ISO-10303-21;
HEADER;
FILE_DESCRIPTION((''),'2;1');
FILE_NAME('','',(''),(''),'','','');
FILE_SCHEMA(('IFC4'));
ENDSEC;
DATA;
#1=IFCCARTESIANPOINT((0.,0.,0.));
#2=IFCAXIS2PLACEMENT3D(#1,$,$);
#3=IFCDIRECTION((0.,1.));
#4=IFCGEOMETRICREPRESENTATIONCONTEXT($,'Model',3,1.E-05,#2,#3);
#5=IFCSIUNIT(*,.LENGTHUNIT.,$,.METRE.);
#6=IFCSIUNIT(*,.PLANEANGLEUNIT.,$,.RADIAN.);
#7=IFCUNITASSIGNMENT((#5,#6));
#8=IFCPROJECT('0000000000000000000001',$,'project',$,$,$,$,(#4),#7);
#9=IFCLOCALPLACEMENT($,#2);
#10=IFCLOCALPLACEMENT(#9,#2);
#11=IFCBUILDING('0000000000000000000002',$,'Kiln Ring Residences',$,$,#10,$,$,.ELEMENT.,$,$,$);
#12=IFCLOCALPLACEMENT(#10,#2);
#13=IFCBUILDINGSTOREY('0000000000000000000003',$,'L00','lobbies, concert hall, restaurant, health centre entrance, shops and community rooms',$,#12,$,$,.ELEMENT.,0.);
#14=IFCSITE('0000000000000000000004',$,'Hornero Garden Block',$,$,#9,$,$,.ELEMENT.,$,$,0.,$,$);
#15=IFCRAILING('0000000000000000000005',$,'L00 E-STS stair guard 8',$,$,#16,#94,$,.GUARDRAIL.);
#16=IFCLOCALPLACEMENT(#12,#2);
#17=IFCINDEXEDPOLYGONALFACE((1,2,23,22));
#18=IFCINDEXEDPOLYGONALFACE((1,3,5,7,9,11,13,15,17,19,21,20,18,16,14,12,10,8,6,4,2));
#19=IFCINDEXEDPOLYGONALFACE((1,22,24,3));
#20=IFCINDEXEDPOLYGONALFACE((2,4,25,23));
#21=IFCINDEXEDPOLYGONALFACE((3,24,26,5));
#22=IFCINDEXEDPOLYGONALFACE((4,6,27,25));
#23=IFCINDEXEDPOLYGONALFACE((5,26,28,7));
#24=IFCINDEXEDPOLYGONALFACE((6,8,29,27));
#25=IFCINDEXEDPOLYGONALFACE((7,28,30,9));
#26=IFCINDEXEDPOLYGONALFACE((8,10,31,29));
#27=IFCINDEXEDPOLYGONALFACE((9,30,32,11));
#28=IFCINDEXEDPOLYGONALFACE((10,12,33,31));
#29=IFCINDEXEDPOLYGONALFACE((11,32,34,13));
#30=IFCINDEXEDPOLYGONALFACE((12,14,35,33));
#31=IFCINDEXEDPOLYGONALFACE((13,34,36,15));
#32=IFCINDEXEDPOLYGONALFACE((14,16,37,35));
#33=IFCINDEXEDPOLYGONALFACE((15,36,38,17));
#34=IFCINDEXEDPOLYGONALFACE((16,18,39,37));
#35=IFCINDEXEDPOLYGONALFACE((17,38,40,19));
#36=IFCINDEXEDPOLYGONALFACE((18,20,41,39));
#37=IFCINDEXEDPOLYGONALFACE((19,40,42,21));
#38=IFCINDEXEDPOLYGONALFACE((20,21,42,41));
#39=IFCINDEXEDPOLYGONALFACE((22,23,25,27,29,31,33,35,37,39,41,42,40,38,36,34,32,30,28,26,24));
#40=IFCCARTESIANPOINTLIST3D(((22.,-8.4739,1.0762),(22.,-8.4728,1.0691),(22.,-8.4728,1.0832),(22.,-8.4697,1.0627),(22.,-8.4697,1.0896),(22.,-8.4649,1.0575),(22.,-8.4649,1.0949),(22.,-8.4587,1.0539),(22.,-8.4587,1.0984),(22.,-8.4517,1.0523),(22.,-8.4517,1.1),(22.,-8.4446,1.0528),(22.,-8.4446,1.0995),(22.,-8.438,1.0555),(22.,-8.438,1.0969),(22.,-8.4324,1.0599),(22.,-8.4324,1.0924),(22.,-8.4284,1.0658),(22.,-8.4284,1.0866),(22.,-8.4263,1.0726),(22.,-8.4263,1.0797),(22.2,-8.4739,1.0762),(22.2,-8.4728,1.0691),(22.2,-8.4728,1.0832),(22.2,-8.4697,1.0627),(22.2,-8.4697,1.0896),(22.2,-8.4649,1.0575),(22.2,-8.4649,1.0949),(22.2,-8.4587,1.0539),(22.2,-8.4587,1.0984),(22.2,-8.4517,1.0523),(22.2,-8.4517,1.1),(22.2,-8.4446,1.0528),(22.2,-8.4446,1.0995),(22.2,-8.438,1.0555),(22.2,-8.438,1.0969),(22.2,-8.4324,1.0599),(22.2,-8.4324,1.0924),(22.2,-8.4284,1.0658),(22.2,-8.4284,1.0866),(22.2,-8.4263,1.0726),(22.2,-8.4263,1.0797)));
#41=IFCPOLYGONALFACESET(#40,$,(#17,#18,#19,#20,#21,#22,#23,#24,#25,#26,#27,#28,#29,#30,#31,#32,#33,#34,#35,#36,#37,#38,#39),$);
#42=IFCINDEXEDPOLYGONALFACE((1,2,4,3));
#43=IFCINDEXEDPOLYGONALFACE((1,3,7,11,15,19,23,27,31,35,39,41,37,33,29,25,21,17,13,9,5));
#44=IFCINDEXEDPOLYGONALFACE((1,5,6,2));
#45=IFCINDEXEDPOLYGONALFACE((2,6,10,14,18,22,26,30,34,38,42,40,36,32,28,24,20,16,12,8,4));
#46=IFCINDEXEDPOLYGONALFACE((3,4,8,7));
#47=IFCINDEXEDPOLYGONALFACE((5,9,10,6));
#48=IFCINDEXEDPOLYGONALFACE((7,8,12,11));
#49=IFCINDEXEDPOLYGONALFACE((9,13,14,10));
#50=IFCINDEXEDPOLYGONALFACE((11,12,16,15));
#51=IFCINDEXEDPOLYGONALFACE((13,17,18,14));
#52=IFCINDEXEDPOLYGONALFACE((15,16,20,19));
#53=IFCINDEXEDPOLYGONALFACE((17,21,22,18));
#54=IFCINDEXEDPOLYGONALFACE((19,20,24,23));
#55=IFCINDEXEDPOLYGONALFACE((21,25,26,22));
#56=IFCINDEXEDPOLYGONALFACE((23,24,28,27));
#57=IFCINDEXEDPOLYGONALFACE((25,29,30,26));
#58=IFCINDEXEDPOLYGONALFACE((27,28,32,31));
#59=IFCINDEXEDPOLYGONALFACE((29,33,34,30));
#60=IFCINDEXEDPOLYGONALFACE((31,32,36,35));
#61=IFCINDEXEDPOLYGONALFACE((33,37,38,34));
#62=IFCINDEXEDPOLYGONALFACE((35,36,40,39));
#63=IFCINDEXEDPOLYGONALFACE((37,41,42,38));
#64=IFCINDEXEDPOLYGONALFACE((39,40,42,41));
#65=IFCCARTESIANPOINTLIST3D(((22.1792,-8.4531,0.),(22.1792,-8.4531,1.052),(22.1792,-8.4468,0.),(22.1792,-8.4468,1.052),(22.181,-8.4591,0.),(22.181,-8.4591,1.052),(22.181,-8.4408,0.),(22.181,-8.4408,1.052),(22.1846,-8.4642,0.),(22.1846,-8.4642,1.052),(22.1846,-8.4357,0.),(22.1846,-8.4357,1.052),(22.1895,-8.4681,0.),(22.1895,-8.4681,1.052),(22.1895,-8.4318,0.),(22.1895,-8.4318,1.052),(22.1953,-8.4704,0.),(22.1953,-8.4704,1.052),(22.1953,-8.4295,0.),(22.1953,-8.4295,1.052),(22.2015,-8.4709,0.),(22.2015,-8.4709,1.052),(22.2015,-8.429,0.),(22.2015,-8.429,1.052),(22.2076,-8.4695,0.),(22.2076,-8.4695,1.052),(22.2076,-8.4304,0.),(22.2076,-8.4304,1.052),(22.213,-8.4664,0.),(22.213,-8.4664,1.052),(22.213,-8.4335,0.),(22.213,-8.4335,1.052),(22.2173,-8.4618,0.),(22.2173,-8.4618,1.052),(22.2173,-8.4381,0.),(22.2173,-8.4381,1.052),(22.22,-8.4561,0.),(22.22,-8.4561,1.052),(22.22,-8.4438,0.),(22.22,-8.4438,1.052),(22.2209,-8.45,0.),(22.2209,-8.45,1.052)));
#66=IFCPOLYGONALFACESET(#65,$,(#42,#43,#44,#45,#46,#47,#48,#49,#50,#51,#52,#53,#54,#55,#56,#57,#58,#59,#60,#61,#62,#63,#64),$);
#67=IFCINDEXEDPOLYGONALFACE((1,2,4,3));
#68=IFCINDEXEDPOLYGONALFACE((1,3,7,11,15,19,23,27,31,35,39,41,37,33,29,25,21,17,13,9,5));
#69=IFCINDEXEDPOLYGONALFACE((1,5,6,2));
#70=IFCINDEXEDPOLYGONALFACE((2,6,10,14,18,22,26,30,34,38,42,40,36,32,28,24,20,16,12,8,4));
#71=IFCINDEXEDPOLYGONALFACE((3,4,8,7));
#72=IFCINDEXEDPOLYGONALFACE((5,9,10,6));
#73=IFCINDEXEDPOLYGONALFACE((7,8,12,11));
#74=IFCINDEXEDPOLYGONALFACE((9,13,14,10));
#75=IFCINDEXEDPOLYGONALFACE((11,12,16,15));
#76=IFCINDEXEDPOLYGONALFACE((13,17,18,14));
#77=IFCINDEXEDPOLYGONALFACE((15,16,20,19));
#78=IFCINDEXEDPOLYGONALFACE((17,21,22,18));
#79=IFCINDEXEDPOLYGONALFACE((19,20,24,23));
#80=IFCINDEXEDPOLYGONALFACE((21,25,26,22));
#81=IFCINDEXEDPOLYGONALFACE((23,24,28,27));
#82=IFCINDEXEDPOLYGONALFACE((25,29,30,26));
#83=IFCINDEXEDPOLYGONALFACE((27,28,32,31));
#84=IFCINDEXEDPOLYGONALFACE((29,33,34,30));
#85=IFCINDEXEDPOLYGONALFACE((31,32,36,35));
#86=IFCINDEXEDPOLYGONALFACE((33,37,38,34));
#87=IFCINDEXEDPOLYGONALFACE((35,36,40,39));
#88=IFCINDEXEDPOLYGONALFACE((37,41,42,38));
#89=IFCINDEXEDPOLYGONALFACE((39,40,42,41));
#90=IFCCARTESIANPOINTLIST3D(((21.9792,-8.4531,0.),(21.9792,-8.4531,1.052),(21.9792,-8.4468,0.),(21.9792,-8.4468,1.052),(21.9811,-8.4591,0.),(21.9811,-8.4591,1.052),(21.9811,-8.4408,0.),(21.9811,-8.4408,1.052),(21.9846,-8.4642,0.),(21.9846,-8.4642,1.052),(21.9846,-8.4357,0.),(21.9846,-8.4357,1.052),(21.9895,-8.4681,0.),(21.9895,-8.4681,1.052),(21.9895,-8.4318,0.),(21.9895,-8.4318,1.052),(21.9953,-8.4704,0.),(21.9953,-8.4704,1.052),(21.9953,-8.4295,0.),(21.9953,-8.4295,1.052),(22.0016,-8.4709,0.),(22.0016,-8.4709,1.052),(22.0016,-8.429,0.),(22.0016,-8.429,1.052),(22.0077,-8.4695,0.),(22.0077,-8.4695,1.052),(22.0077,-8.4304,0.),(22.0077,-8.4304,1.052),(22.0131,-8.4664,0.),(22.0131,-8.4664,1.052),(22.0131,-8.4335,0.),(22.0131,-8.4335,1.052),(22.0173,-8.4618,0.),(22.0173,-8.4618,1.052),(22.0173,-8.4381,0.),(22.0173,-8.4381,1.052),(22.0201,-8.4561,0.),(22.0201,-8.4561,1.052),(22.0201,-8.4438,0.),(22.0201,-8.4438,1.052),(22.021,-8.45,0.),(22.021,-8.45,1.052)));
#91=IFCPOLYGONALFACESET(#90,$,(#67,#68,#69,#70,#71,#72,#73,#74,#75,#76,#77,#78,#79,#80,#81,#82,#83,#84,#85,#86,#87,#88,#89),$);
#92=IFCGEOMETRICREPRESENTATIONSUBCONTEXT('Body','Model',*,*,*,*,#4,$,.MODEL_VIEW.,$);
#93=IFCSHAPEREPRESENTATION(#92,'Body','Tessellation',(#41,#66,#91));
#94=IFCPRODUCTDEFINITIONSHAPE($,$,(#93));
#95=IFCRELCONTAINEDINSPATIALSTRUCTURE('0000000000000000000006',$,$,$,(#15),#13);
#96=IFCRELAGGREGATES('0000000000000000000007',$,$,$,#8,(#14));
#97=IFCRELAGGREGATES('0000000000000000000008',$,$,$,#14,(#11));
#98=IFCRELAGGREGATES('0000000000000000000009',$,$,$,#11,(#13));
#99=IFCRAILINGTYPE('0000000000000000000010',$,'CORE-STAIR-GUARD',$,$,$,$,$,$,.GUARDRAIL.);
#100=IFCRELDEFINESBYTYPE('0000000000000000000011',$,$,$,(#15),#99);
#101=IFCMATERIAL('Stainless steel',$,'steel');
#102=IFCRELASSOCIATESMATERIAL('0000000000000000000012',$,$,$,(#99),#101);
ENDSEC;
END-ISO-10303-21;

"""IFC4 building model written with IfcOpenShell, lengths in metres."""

from ifc_helpers import new_model, si_unit, direction, frame, origin, origin_2d, place, context, subcontext, project, spatial, circle, extrude, material, type_object, element, save


model = new_model("IFC4")

# Units and contexts
model_context = context("Model", 3, precision=1e-05, world=origin(), true_north=direction((0.0, 1.0)))
body_context = subcontext(model_context, "Body", "Model", "MODEL_VIEW")
ifc_project = project(units=[si_unit("LENGTHUNIT", "METRE"), si_unit("PLANEANGLEUNIT", "RADIAN")], contexts=[model_context])

# Site, building, storey
site_placement = place(None, origin())
site = spatial("IfcSite", under=ifc_project, at=site_placement, Name="Hornero Garden Block", CompositionType="ELEMENT", RefElevation=0.0)
building_placement = place(site_placement, origin())
building = spatial("IfcBuilding", under=site, at=building_placement, Name="Kiln Ring Residences", CompositionType="ELEMENT")
storey_placement = place(building_placement, origin())
storey = spatial("IfcBuildingStorey", under=building, at=storey_placement, Name="L00", Description="lobbies, concert hall, restaurant, health centre entrance, shops and community rooms", CompositionType="ELEMENT", Elevation=0.0)

# Railing
ifc_material_1 = material(Name="Stainless steel", Category="steel")
railing_type = type_object("IfcRailingType", Name="CORE-STAIR-GUARD", PredefinedType="GUARDRAIL", material=ifc_material_1)
railing_1_placement = place(storey_placement, frame((22.2, -8.45, 0.0)))
element("IfcRailing", 1, at=railing_1_placement, inside=storey, type_object=railing_type, Name="L00 E-STS stair guard 8", PredefinedType="GUARDRAIL", context=body_context, shape_type="SweptSolid", body=[
    extrude(circle(Radius=0.0239, at=origin_2d()), frame((0.0, 0.0, 1.0762), z_axis=(-1.0, 0.0, 0.0), x_axis=(0.0, -1.0, 0.0)), (0.0, 0.0, 1.0), 0.2),
    extrude(circle(Radius=0.021, at=origin_2d()), origin(), (0.0, 0.0, 1.0), 1.052),
    extrude(circle(Radius=0.021, at=origin_2d()), frame((-0.2, 0.0, 0.0)), (0.0, 0.0, 1.0), 1.052),
])

save(model, "model.ifc")
